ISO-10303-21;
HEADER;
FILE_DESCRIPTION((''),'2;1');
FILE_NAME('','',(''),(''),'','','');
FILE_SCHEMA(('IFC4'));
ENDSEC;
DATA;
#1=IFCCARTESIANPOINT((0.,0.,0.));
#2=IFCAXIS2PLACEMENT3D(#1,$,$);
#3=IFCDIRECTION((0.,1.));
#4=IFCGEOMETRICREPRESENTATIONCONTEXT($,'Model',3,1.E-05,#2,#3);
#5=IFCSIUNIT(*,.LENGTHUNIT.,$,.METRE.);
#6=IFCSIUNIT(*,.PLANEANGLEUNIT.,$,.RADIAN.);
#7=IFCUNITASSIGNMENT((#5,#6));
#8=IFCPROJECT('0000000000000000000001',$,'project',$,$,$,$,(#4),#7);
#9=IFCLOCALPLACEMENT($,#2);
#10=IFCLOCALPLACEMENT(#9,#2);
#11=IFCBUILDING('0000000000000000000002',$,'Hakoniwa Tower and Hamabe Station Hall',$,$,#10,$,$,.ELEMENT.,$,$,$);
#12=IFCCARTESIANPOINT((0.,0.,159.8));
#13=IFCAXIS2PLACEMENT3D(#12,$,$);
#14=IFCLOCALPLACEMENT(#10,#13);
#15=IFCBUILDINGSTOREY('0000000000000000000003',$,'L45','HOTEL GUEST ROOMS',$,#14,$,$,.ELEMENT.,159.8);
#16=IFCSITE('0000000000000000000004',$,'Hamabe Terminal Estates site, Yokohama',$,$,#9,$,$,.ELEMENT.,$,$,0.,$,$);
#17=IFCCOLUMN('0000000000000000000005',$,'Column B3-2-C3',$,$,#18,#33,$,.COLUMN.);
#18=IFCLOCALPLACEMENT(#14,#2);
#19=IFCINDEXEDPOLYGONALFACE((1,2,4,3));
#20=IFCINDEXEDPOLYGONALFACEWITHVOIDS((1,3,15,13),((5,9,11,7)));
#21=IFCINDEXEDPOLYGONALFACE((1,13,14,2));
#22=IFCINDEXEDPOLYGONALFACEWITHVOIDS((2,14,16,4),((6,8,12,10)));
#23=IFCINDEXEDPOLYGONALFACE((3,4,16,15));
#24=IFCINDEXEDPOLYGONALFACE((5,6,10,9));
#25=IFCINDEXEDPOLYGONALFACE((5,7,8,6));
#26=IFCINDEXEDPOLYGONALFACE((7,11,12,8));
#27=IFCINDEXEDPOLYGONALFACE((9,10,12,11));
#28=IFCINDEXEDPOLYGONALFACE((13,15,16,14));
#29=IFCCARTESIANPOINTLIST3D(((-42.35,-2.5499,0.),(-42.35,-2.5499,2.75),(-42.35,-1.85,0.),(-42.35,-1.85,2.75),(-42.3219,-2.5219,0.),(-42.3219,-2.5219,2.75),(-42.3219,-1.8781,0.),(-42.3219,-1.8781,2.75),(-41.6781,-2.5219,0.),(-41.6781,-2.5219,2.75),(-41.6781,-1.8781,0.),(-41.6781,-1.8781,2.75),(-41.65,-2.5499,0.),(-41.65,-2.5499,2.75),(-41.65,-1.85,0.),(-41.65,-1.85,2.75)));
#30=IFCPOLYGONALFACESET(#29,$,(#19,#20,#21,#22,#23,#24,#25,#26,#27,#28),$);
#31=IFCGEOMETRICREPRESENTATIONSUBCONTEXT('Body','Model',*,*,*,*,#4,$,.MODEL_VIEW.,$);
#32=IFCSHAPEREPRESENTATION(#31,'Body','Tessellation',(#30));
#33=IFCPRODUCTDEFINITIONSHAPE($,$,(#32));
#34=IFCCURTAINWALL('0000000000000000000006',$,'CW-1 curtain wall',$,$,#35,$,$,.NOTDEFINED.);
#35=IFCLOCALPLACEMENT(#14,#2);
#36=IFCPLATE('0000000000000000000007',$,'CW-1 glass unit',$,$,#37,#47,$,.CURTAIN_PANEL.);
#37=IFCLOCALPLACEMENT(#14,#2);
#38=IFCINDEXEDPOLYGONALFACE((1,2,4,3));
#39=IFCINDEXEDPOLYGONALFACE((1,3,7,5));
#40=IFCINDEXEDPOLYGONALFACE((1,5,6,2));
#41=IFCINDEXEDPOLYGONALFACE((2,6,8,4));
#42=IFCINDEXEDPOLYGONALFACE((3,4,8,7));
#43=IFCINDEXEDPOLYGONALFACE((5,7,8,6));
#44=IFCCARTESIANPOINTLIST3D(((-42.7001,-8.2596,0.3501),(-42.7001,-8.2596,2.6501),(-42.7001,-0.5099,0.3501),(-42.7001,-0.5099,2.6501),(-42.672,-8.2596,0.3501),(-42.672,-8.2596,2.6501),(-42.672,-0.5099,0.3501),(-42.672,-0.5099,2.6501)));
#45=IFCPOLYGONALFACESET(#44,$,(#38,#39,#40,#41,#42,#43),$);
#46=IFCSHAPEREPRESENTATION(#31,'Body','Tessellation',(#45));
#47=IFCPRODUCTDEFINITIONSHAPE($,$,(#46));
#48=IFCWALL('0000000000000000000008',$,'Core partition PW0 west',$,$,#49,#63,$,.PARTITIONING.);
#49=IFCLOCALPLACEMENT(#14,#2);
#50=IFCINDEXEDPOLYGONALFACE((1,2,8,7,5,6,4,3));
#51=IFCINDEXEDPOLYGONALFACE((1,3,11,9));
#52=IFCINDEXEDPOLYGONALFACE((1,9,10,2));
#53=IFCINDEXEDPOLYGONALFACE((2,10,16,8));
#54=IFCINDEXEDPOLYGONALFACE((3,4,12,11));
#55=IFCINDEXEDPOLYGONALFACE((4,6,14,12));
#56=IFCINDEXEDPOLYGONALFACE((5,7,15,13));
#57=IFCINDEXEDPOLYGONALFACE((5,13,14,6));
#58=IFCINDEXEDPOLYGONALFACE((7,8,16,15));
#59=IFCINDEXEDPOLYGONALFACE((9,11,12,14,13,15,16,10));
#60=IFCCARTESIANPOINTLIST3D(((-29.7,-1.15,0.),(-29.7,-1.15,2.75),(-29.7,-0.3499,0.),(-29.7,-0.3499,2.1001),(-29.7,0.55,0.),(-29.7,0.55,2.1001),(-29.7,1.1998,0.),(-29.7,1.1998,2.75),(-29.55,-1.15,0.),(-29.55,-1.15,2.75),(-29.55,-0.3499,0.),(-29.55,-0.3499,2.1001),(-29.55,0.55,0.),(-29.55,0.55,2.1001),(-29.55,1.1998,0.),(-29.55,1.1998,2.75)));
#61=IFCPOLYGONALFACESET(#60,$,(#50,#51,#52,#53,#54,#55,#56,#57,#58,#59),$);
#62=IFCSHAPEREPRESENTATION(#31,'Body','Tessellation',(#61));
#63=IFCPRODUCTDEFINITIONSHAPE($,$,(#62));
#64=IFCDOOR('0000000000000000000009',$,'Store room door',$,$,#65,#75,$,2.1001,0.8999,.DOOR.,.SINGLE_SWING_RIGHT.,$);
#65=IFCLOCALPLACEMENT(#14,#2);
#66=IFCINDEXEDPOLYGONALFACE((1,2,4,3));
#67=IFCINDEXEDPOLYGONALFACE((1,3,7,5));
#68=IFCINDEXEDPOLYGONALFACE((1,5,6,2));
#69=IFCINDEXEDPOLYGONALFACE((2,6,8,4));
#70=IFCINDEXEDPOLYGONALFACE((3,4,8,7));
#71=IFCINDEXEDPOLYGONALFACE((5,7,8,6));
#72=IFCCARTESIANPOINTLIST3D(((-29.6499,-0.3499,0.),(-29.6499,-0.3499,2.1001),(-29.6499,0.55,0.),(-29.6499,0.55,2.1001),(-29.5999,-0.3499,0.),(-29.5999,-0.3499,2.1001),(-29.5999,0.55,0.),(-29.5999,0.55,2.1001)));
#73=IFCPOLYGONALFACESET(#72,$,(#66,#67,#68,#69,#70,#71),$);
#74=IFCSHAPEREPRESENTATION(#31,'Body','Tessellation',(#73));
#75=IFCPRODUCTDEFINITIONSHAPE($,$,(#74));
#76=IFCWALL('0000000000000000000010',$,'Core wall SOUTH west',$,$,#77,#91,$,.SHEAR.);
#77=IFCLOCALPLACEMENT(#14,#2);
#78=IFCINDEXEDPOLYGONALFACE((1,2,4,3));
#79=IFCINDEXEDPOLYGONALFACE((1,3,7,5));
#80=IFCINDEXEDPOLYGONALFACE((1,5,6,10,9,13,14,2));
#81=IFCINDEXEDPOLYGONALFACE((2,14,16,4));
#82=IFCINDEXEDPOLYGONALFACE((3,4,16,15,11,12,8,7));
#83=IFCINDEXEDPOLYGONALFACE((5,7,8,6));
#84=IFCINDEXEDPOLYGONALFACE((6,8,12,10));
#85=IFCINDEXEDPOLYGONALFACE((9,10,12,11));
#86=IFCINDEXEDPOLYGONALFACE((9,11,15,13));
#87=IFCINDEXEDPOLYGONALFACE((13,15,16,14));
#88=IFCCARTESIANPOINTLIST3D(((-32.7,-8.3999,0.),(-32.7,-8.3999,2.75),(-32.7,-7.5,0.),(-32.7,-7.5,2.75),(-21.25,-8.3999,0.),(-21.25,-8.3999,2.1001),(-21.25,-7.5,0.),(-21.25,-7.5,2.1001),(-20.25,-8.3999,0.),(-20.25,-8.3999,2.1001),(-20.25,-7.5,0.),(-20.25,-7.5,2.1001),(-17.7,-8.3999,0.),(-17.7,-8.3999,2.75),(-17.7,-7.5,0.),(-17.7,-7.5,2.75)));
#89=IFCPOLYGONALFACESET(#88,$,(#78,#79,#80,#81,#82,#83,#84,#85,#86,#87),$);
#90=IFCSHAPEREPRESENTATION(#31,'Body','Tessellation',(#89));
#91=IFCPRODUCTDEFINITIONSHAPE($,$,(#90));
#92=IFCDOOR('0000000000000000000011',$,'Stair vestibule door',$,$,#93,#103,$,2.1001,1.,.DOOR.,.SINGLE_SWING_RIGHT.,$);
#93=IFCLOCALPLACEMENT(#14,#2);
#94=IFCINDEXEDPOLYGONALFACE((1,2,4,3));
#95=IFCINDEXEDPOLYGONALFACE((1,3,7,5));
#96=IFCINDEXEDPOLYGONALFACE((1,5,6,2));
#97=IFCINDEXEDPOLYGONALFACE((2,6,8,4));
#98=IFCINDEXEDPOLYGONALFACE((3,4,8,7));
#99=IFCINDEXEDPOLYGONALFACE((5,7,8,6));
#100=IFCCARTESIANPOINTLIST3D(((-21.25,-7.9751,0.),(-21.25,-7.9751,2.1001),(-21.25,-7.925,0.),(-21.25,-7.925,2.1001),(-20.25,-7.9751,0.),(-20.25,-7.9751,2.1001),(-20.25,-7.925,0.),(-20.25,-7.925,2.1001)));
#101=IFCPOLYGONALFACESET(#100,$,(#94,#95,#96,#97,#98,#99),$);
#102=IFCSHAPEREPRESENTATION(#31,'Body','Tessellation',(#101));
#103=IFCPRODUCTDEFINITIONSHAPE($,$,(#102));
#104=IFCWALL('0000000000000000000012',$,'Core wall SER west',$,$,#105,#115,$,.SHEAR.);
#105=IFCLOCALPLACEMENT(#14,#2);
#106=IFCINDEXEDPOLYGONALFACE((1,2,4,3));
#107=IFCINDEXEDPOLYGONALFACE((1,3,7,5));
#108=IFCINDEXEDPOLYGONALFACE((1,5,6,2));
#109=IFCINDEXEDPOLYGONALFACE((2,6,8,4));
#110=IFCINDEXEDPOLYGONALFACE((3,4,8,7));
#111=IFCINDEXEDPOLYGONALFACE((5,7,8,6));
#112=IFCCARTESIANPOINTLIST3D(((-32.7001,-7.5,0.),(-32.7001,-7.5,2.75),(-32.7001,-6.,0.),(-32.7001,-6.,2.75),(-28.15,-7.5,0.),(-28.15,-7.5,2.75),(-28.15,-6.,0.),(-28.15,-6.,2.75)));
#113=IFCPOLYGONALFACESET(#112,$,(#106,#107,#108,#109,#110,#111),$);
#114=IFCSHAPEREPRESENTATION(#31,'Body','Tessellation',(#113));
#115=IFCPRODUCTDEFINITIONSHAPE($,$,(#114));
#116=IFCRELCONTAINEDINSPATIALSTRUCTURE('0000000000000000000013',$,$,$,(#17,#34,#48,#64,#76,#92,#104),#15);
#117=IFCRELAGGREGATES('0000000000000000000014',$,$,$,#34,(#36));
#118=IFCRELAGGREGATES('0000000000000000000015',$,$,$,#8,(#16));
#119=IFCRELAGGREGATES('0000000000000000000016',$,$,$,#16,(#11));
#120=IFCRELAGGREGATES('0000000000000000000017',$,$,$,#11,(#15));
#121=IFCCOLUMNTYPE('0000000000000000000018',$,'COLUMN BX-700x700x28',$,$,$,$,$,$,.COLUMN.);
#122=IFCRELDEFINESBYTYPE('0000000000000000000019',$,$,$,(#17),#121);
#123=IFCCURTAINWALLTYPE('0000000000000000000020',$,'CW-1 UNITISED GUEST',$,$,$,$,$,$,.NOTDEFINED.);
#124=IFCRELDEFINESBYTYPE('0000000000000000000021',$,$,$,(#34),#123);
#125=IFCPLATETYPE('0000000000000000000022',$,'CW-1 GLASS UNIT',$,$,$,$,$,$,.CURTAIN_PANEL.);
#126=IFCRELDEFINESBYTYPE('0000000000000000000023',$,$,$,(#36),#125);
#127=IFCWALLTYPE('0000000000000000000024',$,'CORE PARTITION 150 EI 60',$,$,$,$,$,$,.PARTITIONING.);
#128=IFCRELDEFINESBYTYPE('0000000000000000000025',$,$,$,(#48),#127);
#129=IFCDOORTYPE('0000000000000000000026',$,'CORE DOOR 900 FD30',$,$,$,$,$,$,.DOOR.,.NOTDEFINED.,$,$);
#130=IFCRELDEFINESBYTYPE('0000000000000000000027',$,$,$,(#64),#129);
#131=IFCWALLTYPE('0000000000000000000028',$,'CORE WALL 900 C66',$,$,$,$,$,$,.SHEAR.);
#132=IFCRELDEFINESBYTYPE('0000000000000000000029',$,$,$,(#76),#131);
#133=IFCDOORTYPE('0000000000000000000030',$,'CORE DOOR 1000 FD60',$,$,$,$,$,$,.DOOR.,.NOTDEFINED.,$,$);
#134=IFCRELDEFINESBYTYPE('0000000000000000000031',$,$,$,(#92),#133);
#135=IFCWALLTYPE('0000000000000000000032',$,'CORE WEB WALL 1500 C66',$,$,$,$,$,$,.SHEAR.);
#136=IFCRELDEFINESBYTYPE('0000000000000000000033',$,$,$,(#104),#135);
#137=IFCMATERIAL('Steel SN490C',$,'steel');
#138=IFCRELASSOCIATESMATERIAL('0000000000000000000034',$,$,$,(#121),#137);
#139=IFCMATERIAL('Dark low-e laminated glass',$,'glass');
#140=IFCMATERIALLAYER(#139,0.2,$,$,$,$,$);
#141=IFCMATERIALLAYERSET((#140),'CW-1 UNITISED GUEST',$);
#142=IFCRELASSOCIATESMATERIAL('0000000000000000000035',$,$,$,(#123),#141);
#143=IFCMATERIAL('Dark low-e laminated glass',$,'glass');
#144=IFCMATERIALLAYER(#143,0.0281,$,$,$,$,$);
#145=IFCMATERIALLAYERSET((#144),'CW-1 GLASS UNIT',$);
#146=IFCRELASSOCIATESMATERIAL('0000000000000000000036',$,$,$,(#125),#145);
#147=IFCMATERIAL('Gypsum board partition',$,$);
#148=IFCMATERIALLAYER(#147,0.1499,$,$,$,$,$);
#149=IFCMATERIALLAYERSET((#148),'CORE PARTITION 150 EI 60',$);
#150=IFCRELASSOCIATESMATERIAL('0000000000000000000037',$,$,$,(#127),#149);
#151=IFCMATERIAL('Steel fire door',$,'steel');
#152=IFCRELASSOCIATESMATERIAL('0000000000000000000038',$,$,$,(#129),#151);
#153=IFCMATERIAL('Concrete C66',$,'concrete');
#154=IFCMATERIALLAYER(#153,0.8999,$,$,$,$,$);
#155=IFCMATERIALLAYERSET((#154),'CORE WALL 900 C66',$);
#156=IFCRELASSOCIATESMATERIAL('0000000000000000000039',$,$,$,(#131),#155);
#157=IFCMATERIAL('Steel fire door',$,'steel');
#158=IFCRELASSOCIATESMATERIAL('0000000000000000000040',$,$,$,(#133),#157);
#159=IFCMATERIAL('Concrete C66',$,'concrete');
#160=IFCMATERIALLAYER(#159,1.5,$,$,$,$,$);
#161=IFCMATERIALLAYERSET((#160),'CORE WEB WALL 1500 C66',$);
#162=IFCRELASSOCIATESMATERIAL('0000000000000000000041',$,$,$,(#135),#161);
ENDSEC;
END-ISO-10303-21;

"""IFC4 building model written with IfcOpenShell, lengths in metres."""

from ifc_helpers import new_model, si_unit, direction, frame, frame_2d, origin, origin_2d, place, context, subcontext, project, spatial, rectangle, hollow_rectangle, extrude, material, layer, layer_set, material_profile, profile_set, type_object, element, fill, aggregate, save


model = new_model("IFC4")

# Units and contexts
model_context = context("Model", 3, precision=1e-05, world=origin(), true_north=direction((0.0, 1.0)))
body_context = subcontext(model_context, "Body", "Model", "MODEL_VIEW")
ifc_project = project(units=[si_unit("LENGTHUNIT", "METRE"), si_unit("PLANEANGLEUNIT", "RADIAN")], contexts=[model_context])

# Site, building, storey
site_placement = place(None, origin())
site = spatial("IfcSite", under=ifc_project, at=site_placement, Name="Hamabe Terminal Estates site, Yokohama", CompositionType="ELEMENT", RefElevation=0.0)
building_placement = place(site_placement, origin())
building = spatial("IfcBuilding", under=site, at=building_placement, Name="Hakoniwa Tower and Hamabe Station Hall", CompositionType="ELEMENT")
storey_placement = place(building_placement, frame((0.0, 0.0, 159.8)))
storey = spatial("IfcBuildingStorey", under=building, at=storey_placement, Name="L45", Description="HOTEL GUEST ROOMS", CompositionType="ELEMENT", Elevation=159.8)

# Column
ifc_material_1 = material(Name="Steel SN490C", Category="steel")
ifc_material_profile = material_profile(ifc_material_1, hollow_rectangle(XDim=0.7, YDim=0.7, WallThickness=0.0281, at=origin_2d()), Name="BX-700x700x28")
ifc_profile_set = profile_set([ifc_material_profile], Name="Steel SN490C")
column_type = type_object("IfcColumnType", Name="COLUMN BX-700x700x28", PredefinedType="COLUMN", material=ifc_profile_set)
column_placement = place(storey_placement, frame((-42.0, -2.2, 0.0), z_axis=(0.0, 0.0, 1.0), x_axis=(1.0, 0.0, 0.0)))
element("IfcColumn", 1, at=column_placement, inside=storey, type_object=column_type, Name="Column B3-2-C3", PredefinedType="COLUMN", context=body_context, shape_type="SweptSolid", body=[
    extrude(hollow_rectangle(XDim=0.7, YDim=0.7, WallThickness=0.0281, at=origin_2d()), origin(), (0.0, 0.0, 1.0), 2.75),
])

# Curtain wall, plate
ifc_material_2 = material(Name="Dark low-e laminated glass", Category="glass")
ifc_layer_1 = layer(ifc_material_2, 0.2)
ifc_layer_set_1 = layer_set([ifc_layer_1], Name="CW-1 UNITISED GUEST")
curtain_wall_type = type_object("IfcCurtainWallType", Name="CW-1 UNITISED GUEST", PredefinedType="NOTDEFINED", material=ifc_layer_set_1)
curtain_wall_placement = place(storey_placement, origin())
curtain_wall = element("IfcCurtainWall", 2, at=curtain_wall_placement, inside=storey, type_object=curtain_wall_type, Name="CW-1 curtain wall", PredefinedType="NOTDEFINED")
ifc_material_3 = material(Name="Dark low-e laminated glass", Category="glass")
ifc_layer_2 = layer(ifc_material_3, 0.0281)
ifc_layer_set_2 = layer_set([ifc_layer_2], Name="CW-1 GLASS UNIT")
plate_type = type_object("IfcPlateType", Name="CW-1 GLASS UNIT", PredefinedType="CURTAIN_PANEL", material=ifc_layer_set_2)
plate_placement = place(storey_placement, frame((-42.686, -4.3848, 0.3501), z_axis=(0.0, 0.0, 1.0), x_axis=(0.0, -1.0, 0.0)))
plate = element("IfcPlate", 3, at=plate_placement, type_object=plate_type, Name="CW-1 glass unit", PredefinedType="CURTAIN_PANEL", context=body_context, shape_type="SweptSolid", body=[
    extrude(rectangle(XDim=7.7498, YDim=0.0281, at=origin_2d()), origin(), (0.0, 0.0, 1.0), 2.3),
])
aggregate(curtain_wall, [plate])

# Walls, openings, doors
ifc_material_4 = material(Name="Gypsum board partition")
ifc_layer_3 = layer(ifc_material_4, 0.1499)
ifc_layer_set_3 = layer_set([ifc_layer_3], Name="CORE PARTITION 150 EI 60")
wall_type_1 = type_object("IfcWallType", Name="CORE PARTITION 150 EI 60", PredefinedType="PARTITIONING", material=ifc_layer_set_3)
wall_1_placement = place(storey_placement, frame((-29.625, -1.1499, 0.0), z_axis=(0.0, 0.0, 1.0), x_axis=(0.0, 1.0, 0.0)))
wall_1 = element("IfcWall", 4, at=wall_1_placement, inside=storey, type_object=wall_type_1, Name="Core partition PW0 west", PredefinedType="PARTITIONING", context=body_context, shape_type="SweptSolid", body=[
    extrude(rectangle(XDim=2.3499, YDim=0.1499, at=frame_2d((1.1748, 0.0))), origin(), (0.0, 0.0, 1.0), 2.75),
])
opening_1_placement = place(wall_1_placement, frame((0.8, 0.0, 0.0)))
opening_1 = element("IfcOpeningElement", 5, at=opening_1_placement, cuts=wall_1, PredefinedType="OPENING", context=body_context, shape_type="SweptSolid", body=[
    extrude(rectangle(XDim=0.8999, YDim=2.1001, at=frame_2d((0.45, 1.05))), frame((0.0, 0.085, 0.0), z_axis=(0.0, -1.0, 0.0), x_axis=(1.0, 0.0, 0.0)), (0.0, 0.0, 1.0), 0.1699),
])
ifc_material_5 = material(Name="Steel fire door", Category="steel")
door_type_1 = type_object("IfcDoorType", Name="CORE DOOR 900 FD30", OperationType="NOTDEFINED", PredefinedType="DOOR", material=ifc_material_5)
door_1_placement = place(opening_1_placement, origin())
door_1 = element("IfcDoor", 6, at=door_1_placement, inside=storey, type_object=door_type_1, Name="Store room door", OperationType="SINGLE_SWING_RIGHT", OverallHeight=2.1001, OverallWidth=0.8999, PredefinedType="DOOR", context=body_context, shape_type="SweptSolid", body=[
    extrude(rectangle(XDim=0.8999, YDim=2.1001, at=frame_2d((0.45, 1.05))), frame((0.0, 0.0249, 0.0), z_axis=(0.0, -1.0, 0.0), x_axis=(1.0, 0.0, 0.0)), (0.0, 0.0, 1.0), 0.05),
])
fill(opening_1, door_1)
ifc_material_6 = material(Name="Concrete C66", Category="concrete")
ifc_layer_4 = layer(ifc_material_6, 0.8999)
ifc_layer_set_4 = layer_set([ifc_layer_4], Name="CORE WALL 900 C66")
wall_type_2 = type_object("IfcWallType", Name="CORE WALL 900 C66", PredefinedType="SHEAR", material=ifc_layer_set_4)
wall_2_placement = place(storey_placement, frame((-32.7, -7.95, 0.0), z_axis=(0.0, 0.0, 1.0), x_axis=(1.0, 0.0, 0.0)))
wall_2 = element("IfcWall", 7, at=wall_2_placement, inside=storey, type_object=wall_type_2, Name="Core wall SOUTH west", PredefinedType="SHEAR", context=body_context, shape_type="SweptSolid", body=[
    extrude(rectangle(XDim=15.0, YDim=0.8999, at=frame_2d((7.5, 0.0))), origin(), (0.0, 0.0, 1.0), 2.75),
])
opening_2_placement = place(wall_2_placement, frame((11.45, 0.0, 0.0)))
opening_2 = element("IfcOpeningElement", 8, at=opening_2_placement, cuts=wall_2, PredefinedType="OPENING", context=body_context, shape_type="SweptSolid", body=[
    extrude(rectangle(XDim=1.0, YDim=2.1001, at=frame_2d((0.5, 1.05))), frame((0.0, 0.46, 0.0), z_axis=(0.0, -1.0, 0.0), x_axis=(1.0, 0.0, 0.0)), (0.0, 0.0, 1.0), 0.9199),
])
ifc_material_7 = material(Name="Steel fire door", Category="steel")
door_type_2 = type_object("IfcDoorType", Name="CORE DOOR 1000 FD60", OperationType="NOTDEFINED", PredefinedType="DOOR", material=ifc_material_7)
door_2_placement = place(opening_2_placement, origin())
door_2 = element("IfcDoor", 9, at=door_2_placement, inside=storey, type_object=door_type_2, Name="Stair vestibule door", OperationType="SINGLE_SWING_RIGHT", OverallHeight=2.1001, OverallWidth=1.0, PredefinedType="DOOR", context=body_context, shape_type="SweptSolid", body=[
    extrude(rectangle(XDim=1.0, YDim=2.1001, at=frame_2d((0.5, 1.05))), frame((0.0, 0.0249, 0.0), z_axis=(0.0, -1.0, 0.0), x_axis=(1.0, 0.0, 0.0)), (0.0, 0.0, 1.0), 0.05),
])
fill(opening_2, door_2)

# Wall
ifc_material_8 = material(Name="Concrete C66", Category="concrete")
ifc_layer_5 = layer(ifc_material_8, 1.5)
ifc_layer_set_5 = layer_set([ifc_layer_5], Name="CORE WEB WALL 1500 C66")
wall_type_3 = type_object("IfcWallType", Name="CORE WEB WALL 1500 C66", PredefinedType="SHEAR", material=ifc_layer_set_5)
wall_3_placement = place(storey_placement, frame((-32.7, -6.75, 0.0), z_axis=(0.0, 0.0, 1.0), x_axis=(1.0, 0.0, 0.0)))
element("IfcWall", 10, at=wall_3_placement, inside=storey, type_object=wall_type_3, Name="Core wall SER west", PredefinedType="SHEAR", context=body_context, shape_type="SweptSolid", body=[
    extrude(rectangle(XDim=4.55, YDim=1.5, at=frame_2d((2.2749, 0.0))), origin(), (0.0, 0.0, 1.0), 2.75),
])

save(model, "model.ifc")
